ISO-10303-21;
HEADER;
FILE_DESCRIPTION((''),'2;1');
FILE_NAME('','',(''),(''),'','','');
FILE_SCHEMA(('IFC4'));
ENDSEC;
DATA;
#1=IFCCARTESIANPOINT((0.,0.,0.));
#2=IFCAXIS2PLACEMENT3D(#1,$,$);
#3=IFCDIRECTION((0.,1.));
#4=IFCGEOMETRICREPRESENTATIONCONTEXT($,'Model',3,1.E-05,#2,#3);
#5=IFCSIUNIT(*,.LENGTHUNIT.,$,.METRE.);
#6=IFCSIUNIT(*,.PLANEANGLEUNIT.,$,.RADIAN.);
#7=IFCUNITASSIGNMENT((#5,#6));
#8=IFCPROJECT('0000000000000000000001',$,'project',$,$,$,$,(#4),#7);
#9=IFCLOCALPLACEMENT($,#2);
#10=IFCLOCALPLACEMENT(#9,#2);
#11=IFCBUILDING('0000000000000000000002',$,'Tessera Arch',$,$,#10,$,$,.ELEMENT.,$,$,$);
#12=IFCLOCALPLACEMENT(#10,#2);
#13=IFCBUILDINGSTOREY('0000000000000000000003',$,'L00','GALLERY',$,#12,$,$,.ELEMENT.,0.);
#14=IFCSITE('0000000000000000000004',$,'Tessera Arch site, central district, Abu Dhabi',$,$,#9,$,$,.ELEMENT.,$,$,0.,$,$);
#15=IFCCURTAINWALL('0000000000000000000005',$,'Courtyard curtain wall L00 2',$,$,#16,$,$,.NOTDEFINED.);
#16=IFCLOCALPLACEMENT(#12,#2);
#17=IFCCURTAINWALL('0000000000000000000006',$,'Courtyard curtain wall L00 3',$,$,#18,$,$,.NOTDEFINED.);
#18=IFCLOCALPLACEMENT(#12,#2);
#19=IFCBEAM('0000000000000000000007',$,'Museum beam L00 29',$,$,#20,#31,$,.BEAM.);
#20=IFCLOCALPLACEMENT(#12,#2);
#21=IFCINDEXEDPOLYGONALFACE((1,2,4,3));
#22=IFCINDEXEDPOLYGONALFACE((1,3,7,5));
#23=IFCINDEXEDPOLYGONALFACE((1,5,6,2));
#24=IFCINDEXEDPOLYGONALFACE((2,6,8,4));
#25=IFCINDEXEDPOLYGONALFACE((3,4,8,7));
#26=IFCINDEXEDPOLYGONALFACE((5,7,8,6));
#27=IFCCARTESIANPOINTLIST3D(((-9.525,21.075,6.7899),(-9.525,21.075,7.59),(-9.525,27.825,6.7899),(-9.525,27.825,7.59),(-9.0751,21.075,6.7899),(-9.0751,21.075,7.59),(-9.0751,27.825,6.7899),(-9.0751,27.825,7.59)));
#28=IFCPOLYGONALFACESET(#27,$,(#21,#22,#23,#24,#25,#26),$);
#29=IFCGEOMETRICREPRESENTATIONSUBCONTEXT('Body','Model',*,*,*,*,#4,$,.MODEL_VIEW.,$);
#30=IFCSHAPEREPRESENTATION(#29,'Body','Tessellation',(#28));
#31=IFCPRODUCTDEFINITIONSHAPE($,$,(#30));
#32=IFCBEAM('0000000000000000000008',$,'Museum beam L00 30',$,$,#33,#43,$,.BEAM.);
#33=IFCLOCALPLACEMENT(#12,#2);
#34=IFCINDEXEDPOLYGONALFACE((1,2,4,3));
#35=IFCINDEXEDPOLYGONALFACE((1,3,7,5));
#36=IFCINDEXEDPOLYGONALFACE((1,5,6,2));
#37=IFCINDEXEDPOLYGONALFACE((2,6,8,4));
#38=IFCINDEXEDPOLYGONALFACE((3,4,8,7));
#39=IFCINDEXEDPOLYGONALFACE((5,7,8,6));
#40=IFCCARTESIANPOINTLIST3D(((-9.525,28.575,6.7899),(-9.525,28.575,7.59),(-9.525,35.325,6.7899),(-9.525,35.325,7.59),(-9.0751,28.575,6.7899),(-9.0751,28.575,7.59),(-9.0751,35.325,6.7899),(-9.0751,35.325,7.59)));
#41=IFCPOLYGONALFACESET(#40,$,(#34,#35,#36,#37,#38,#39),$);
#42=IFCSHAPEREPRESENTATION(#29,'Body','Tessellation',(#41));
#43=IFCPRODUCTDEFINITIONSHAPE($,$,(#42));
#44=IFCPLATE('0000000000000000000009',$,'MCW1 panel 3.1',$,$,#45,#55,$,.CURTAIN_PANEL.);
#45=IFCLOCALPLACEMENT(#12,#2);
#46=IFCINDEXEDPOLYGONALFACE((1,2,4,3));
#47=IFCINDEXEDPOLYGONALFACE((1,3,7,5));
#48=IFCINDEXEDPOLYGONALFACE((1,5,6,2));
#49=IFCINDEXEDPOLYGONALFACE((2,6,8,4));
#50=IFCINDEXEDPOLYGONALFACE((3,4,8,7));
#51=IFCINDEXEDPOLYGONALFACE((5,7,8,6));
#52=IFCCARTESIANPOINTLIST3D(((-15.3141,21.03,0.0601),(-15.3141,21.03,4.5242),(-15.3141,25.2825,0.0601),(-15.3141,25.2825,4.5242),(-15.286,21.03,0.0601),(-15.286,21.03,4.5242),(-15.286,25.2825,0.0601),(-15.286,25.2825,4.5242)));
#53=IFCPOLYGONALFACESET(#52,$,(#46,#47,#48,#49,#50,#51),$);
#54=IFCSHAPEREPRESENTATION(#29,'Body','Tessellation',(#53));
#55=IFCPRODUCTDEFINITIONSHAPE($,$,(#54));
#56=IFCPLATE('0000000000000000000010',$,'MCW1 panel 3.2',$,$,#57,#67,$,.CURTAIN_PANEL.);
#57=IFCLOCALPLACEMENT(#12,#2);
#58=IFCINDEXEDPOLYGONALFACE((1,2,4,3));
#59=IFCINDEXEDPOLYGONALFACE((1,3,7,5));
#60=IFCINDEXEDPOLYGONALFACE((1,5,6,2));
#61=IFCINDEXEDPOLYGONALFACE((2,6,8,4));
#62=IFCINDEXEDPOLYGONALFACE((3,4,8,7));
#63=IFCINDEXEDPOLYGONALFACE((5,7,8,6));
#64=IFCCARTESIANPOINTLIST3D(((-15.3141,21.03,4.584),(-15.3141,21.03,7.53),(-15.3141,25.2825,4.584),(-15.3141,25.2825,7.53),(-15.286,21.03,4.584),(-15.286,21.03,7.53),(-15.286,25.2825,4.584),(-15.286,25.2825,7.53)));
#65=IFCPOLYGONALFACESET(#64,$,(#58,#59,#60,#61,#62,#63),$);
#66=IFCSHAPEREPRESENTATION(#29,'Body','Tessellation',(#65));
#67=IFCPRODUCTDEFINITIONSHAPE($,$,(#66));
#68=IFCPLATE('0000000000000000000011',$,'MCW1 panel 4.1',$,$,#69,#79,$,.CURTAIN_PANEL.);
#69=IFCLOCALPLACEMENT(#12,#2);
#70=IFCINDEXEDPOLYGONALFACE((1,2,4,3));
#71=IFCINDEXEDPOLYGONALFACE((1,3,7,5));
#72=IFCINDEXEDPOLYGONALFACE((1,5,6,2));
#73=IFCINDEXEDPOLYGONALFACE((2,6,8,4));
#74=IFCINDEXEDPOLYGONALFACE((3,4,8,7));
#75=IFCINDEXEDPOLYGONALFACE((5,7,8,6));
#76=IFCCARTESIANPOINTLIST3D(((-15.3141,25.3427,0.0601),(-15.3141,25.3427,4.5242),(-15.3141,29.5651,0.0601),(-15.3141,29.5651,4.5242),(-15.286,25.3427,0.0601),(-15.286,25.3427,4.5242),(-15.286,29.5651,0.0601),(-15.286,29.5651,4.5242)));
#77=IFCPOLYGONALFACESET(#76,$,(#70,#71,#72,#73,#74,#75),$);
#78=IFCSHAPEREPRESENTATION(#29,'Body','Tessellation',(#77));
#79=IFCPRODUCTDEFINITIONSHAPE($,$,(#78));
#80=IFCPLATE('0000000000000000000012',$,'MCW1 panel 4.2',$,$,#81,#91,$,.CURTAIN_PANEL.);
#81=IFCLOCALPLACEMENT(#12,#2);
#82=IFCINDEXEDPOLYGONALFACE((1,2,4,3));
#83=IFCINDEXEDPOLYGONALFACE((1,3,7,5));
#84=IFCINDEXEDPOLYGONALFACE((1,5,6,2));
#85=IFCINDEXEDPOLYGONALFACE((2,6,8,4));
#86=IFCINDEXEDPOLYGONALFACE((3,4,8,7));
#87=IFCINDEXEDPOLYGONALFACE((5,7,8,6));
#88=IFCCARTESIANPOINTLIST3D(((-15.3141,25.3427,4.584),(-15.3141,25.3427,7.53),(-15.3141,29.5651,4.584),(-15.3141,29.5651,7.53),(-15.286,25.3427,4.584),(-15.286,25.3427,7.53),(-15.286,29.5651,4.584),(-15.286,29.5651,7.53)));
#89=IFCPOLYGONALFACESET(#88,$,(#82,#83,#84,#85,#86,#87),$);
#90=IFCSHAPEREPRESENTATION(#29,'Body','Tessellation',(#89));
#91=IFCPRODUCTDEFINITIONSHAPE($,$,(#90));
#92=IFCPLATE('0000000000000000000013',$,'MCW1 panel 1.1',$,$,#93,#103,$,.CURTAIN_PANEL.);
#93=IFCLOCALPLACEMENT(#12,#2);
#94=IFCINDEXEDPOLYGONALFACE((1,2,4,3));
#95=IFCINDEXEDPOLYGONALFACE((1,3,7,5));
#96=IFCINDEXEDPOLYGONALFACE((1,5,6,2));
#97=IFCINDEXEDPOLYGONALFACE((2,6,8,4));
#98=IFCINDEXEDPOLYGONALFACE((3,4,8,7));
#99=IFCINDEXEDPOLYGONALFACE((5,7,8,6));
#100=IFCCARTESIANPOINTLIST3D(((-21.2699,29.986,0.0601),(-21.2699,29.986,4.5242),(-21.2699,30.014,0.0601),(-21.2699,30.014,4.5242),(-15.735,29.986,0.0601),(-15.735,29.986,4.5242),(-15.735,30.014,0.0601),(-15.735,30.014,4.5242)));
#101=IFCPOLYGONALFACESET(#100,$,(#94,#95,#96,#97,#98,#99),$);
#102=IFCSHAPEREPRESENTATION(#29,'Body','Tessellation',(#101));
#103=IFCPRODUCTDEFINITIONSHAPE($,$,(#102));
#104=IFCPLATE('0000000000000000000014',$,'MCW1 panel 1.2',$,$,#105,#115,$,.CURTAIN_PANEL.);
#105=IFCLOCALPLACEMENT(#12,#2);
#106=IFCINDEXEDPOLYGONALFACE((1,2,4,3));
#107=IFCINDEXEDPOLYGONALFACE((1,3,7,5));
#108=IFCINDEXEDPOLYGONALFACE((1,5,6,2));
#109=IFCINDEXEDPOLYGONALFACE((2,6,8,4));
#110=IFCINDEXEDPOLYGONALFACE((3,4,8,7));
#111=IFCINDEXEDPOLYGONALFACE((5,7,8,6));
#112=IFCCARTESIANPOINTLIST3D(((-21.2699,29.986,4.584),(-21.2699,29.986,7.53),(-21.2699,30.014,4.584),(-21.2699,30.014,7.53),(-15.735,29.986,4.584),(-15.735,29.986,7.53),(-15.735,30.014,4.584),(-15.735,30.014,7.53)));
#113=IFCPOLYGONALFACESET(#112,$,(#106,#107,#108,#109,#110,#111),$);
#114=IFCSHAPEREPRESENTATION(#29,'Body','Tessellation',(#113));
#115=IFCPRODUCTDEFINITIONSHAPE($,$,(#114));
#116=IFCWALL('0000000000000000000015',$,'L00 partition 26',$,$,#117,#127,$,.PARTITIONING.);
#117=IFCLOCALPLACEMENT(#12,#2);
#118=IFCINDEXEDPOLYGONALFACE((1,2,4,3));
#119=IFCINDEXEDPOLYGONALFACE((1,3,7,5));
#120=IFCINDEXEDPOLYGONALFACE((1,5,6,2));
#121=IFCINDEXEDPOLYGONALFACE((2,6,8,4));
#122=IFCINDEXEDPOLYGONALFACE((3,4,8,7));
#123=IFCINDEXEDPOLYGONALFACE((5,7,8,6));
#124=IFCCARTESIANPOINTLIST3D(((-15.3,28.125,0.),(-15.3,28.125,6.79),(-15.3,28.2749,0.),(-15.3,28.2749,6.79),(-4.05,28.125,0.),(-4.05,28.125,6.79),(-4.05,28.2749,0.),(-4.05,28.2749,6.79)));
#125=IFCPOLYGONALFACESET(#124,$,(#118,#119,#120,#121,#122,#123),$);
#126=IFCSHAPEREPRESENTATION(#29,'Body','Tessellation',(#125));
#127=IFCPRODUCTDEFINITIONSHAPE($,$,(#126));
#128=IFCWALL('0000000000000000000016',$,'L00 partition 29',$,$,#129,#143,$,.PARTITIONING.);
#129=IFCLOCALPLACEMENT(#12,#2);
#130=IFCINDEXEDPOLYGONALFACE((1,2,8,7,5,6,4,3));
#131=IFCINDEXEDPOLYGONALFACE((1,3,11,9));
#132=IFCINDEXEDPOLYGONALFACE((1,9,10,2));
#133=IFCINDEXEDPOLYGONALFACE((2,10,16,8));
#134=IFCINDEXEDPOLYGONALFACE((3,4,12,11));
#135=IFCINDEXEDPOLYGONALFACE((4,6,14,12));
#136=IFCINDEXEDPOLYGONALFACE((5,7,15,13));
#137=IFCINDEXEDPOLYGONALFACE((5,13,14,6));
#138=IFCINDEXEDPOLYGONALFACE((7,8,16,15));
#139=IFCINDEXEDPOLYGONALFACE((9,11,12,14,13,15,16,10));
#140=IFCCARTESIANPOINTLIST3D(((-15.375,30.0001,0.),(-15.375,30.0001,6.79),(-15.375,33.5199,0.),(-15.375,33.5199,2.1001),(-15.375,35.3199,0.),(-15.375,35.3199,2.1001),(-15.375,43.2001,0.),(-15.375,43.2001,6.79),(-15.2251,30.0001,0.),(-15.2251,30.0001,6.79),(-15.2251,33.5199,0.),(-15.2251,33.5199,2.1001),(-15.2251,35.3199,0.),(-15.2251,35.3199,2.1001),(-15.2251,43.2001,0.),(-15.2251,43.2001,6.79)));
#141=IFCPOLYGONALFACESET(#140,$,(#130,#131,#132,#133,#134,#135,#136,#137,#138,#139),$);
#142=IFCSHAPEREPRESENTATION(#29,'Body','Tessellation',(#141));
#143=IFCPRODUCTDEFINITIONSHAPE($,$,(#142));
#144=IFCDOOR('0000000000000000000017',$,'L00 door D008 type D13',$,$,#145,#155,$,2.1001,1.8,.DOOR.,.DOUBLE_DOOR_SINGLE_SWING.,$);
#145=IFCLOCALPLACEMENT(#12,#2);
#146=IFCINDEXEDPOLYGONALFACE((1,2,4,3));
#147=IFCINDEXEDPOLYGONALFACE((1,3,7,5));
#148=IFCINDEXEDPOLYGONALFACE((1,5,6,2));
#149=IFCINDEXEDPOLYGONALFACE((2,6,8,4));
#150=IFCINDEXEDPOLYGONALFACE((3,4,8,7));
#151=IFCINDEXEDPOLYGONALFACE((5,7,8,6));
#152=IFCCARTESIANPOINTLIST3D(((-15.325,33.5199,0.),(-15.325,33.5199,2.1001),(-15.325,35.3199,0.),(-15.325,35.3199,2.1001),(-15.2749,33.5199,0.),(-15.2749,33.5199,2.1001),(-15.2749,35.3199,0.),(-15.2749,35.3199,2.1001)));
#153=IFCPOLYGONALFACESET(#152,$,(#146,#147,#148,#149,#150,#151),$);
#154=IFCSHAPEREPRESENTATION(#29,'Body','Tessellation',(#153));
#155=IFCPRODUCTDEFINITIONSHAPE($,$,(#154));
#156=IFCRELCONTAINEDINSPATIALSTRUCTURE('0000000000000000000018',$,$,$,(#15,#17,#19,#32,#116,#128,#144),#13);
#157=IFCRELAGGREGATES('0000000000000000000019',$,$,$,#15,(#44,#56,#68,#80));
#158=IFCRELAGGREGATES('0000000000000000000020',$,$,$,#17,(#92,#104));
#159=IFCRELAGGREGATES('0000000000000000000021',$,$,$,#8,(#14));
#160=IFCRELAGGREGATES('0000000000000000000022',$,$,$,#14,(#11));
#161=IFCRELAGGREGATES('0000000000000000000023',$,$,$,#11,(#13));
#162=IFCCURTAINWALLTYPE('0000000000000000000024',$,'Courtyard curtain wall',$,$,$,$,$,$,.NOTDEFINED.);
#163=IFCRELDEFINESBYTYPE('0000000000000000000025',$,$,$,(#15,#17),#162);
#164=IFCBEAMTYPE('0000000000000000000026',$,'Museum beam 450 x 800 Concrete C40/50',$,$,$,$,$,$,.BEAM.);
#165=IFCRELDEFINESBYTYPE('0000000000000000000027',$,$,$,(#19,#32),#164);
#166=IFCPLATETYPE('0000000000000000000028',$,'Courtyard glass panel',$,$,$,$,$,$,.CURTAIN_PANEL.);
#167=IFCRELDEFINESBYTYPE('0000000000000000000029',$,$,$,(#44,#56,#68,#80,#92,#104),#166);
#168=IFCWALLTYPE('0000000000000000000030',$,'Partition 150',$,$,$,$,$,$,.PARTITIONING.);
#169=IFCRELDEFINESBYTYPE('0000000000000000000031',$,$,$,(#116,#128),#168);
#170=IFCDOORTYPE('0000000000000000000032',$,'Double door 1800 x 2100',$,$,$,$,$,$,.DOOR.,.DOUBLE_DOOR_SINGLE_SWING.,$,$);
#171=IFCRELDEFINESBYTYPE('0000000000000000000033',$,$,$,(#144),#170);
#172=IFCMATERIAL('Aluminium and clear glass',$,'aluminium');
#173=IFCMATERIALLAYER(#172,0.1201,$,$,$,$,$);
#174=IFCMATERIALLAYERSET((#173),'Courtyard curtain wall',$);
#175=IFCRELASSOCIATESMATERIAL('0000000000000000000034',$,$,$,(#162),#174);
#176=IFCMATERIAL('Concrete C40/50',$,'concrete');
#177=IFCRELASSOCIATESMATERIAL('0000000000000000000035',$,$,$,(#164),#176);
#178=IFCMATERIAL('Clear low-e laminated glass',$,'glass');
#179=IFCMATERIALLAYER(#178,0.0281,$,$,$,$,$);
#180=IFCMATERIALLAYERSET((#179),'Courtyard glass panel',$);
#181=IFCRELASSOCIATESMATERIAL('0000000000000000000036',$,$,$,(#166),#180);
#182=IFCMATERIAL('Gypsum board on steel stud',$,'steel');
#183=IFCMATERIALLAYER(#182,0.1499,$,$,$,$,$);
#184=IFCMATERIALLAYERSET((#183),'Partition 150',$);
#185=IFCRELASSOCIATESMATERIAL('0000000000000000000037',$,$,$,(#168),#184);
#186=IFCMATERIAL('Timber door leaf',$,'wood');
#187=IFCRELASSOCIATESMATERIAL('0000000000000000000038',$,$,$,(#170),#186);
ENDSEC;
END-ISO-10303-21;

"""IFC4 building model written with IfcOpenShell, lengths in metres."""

from ifc_helpers import new_model, si_unit, direction, frame, frame_2d, origin, origin_2d, place, context, subcontext, project, spatial, rectangle, extrude, material, layer, layer_set, material_profile, profile_set, type_object, element, fill, aggregate, save


model = new_model("IFC4")

# Units and contexts
model_context = context("Model", 3, precision=1e-05, world=origin(), true_north=direction((0.0, 1.0)))
body_context = subcontext(model_context, "Body", "Model", "MODEL_VIEW")
ifc_project = project(units=[si_unit("LENGTHUNIT", "METRE"), si_unit("PLANEANGLEUNIT", "RADIAN")], contexts=[model_context])

# Site, building, storey
site_placement = place(None, origin())
site = spatial("IfcSite", under=ifc_project, at=site_placement, Name="Tessera Arch site, central district, Abu Dhabi", CompositionType="ELEMENT", RefElevation=0.0)
building_placement = place(site_placement, origin())
building = spatial("IfcBuilding", under=site, at=building_placement, Name="Tessera Arch", CompositionType="ELEMENT")
storey_placement = place(building_placement, origin())
storey = spatial("IfcBuildingStorey", under=building, at=storey_placement, Name="L00", Description="GALLERY", CompositionType="ELEMENT", Elevation=0.0)

# Curtain wall
ifc_material_1 = material(Name="Aluminium and clear glass", Category="aluminium")
ifc_layer_1 = layer(ifc_material_1, 0.1201)
ifc_layer_set_1 = layer_set([ifc_layer_1], Name="Courtyard curtain wall")
curtain_wall_type = type_object("IfcCurtainWallType", Name="Courtyard curtain wall", PredefinedType="NOTDEFINED", material=ifc_layer_set_1)
curtain_wall_1_placement = place(storey_placement, origin())
curtain_wall_1 = element("IfcCurtainWall", 1, at=curtain_wall_1_placement, inside=storey, type_object=curtain_wall_type, Name="Courtyard curtain wall L00 2", PredefinedType="NOTDEFINED")

# Curtain wall
curtain_wall_2_placement = place(storey_placement, origin())
curtain_wall_2 = element("IfcCurtainWall", 2, at=curtain_wall_2_placement, inside=storey, type_object=curtain_wall_type, Name="Courtyard curtain wall L00 3", PredefinedType="NOTDEFINED")

# Beams
ifc_material_2 = material(Name="Concrete C40/50", Category="concrete")
ifc_material_profile_1 = material_profile(ifc_material_2, rectangle(XDim=0.45, YDim=0.8, at=origin_2d()), Name="Museum beam 450 x 800 Concrete C40/50")
ifc_profile_set_1 = profile_set([ifc_material_profile_1], Name="Concrete C40/50")
beam_type = type_object("IfcBeamType", Name="Museum beam 450 x 800 Concrete C40/50", PredefinedType="BEAM", material=ifc_profile_set_1)
for number, where, z_axis, x_axis, name in (
    (3, (-9.3, 21.075, 7.1899), (0.0, 1.0, 0.0), (-1.0, 0.0, 0.0), "Museum beam L00 29"),
    (4, (-9.3, 28.575, 7.1899), (0.0, 1.0, 0.0), (-1.0, 0.0, 0.0), "Museum beam L00 30"),
):
    element("IfcBeam", number, at=place(storey_placement, frame(where, z_axis=z_axis, x_axis=x_axis)), inside=storey, type_object=beam_type, Name=name, PredefinedType="BEAM", context=body_context, shape_type="SweptSolid", body=[
        extrude(rectangle(XDim=0.45, YDim=0.8, at=origin_2d()), origin(), (0.0, 0.0, 1.0), 6.75),
    ])

# Plates
ifc_material_3 = material(Name="Clear low-e laminated glass", Category="glass")
ifc_layer_2 = layer(ifc_material_3, 0.0281)
ifc_layer_set_2 = layer_set([ifc_layer_2], Name="Courtyard glass panel")
plate_type = type_object("IfcPlateType", Name="Courtyard glass panel", PredefinedType="CURTAIN_PANEL", material=ifc_layer_set_2)
plate_1_placement = place(storey_placement, frame((-15.3, 23.1562, 0.0601), z_axis=(0.0, 0.0, 1.0), x_axis=(0.0, 1.0, 0.0)))
plate_1 = element("IfcPlate", 5, at=plate_1_placement, type_object=plate_type, Name="MCW1 panel 3.1", PredefinedType="CURTAIN_PANEL", context=body_context, shape_type="SweptSolid", body=[
    extrude(rectangle(XDim=4.2524, YDim=0.0281, at=origin_2d()), origin(), (0.0, 0.0, 1.0), 4.4641),
])
plate_2_placement = place(storey_placement, frame((-15.3, 23.1562, 4.584), z_axis=(0.0, 0.0, 1.0), x_axis=(0.0, 1.0, 0.0)))
plate_2 = element("IfcPlate", 6, at=plate_2_placement, type_object=plate_type, Name="MCW1 panel 3.2", PredefinedType="CURTAIN_PANEL", context=body_context, shape_type="SweptSolid", body=[
    extrude(rectangle(XDim=4.2524, YDim=0.0281, at=origin_2d()), origin(), (0.0, 0.0, 1.0), 2.946),
])
plate_3_placement = place(storey_placement, frame((-15.3, 27.4539, 0.0601), z_axis=(0.0, 0.0, 1.0), x_axis=(0.0, 1.0, 0.0)))
plate_3 = element("IfcPlate", 7, at=plate_3_placement, type_object=plate_type, Name="MCW1 panel 4.1", PredefinedType="CURTAIN_PANEL", context=body_context, shape_type="SweptSolid", body=[
    extrude(rectangle(XDim=4.2224, YDim=0.0281, at=origin_2d()), origin(), (0.0, 0.0, 1.0), 4.4641),
])
plate_4_placement = place(storey_placement, frame((-15.3, 27.4539, 4.584), z_axis=(0.0, 0.0, 1.0), x_axis=(0.0, 1.0, 0.0)))
plate_4 = element("IfcPlate", 8, at=plate_4_placement, type_object=plate_type, Name="MCW1 panel 4.2", PredefinedType="CURTAIN_PANEL", context=body_context, shape_type="SweptSolid", body=[
    extrude(rectangle(XDim=4.2224, YDim=0.0281, at=origin_2d()), origin(), (0.0, 0.0, 1.0), 2.946),
])
aggregate(curtain_wall_1, [plate_1, plate_2, plate_3, plate_4])
plate_5_placement = place(storey_placement, frame((-18.5024, 30.0, 0.0601), z_axis=(0.0, 0.0, 1.0), x_axis=(-1.0, 0.0, 0.0)))
plate_5 = element("IfcPlate", 9, at=plate_5_placement, type_object=plate_type, Name="MCW1 panel 1.1", PredefinedType="CURTAIN_PANEL", context=body_context, shape_type="SweptSolid", body=[
    extrude(rectangle(XDim=5.5349, YDim=0.0281, at=origin_2d()), origin(), (0.0, 0.0, 1.0), 4.4641),
])
plate_6_placement = place(storey_placement, frame((-18.5024, 30.0, 4.584), z_axis=(0.0, 0.0, 1.0), x_axis=(-1.0, 0.0, 0.0)))
plate_6 = element("IfcPlate", 10, at=plate_6_placement, type_object=plate_type, Name="MCW1 panel 1.2", PredefinedType="CURTAIN_PANEL", context=body_context, shape_type="SweptSolid", body=[
    extrude(rectangle(XDim=5.5349, YDim=0.0281, at=origin_2d()), origin(), (0.0, 0.0, 1.0), 2.946),
])
aggregate(curtain_wall_2, [plate_5, plate_6])

# Wall
ifc_material_4 = material(Name="Gypsum board on steel stud", Category="steel")
ifc_layer_3 = layer(ifc_material_4, 0.1499)
ifc_layer_set_3 = layer_set([ifc_layer_3], Name="Partition 150")
wall_type = type_object("IfcWallType", Name="Partition 150", PredefinedType="PARTITIONING", material=ifc_layer_set_3)
wall_1_placement = place(storey_placement, frame((-15.3, 28.2, 0.0), z_axis=(0.0, 0.0, 1.0), x_axis=(1.0, 0.0, 0.0)))
element("IfcWall", 11, at=wall_1_placement, inside=storey, type_object=wall_type, Name="L00 partition 26", PredefinedType="PARTITIONING", context=body_context, shape_type="SweptSolid", body=[
    extrude(rectangle(XDim=11.25, YDim=0.1499, at=frame_2d((5.625, 0.0))), origin(), (0.0, 0.0, 1.0), 6.79),
])

# Wall, opening, door
wall_2_placement = place(storey_placement, frame((-15.3, 30.0, 0.0), z_axis=(0.0, 0.0, 1.0), x_axis=(0.0, 1.0, 0.0)))
wall_2 = element("IfcWall", 12, at=wall_2_placement, inside=storey, type_object=wall_type, Name="L00 partition 29", PredefinedType="PARTITIONING", context=body_context, shape_type="SweptSolid", body=[
    extrude(rectangle(XDim=13.2, YDim=0.1499, at=frame_2d((6.6001, 0.0))), origin(), (0.0, 0.0, 1.0), 6.79),
])
opening_placement = place(wall_2_placement, frame((3.52, 0.0, 0.0)))
opening = element("IfcOpeningElement", 13, at=opening_placement, cuts=wall_2, PredefinedType="OPENING", context=body_context, shape_type="SweptSolid", body=[
    extrude(rectangle(XDim=1.8, YDim=2.1001, at=frame_2d((0.8999, 1.05))), frame((0.0, 0.085, 0.0), z_axis=(0.0, -1.0, 0.0), x_axis=(1.0, 0.0, 0.0)), (0.0, 0.0, 1.0), 0.1699),
])
ifc_material_5 = material(Name="Timber door leaf", Category="wood")
door_type = type_object("IfcDoorType", Name="Double door 1800 x 2100", OperationType="DOUBLE_DOOR_SINGLE_SWING", PredefinedType="DOOR", material=ifc_material_5)
door_placement = place(opening_placement, origin())
door = element("IfcDoor", 14, at=door_placement, inside=storey, type_object=door_type, Name="L00 door D008 type D13", OperationType="DOUBLE_DOOR_SINGLE_SWING", OverallHeight=2.1001, OverallWidth=1.8, PredefinedType="DOOR", context=body_context, shape_type="SweptSolid", body=[
    extrude(rectangle(XDim=1.8, YDim=2.1001, at=frame_2d((0.8999, 1.05))), frame((0.0, 0.0249, 0.0), z_axis=(0.0, -1.0, 0.0), x_axis=(1.0, 0.0, 0.0)), (0.0, 0.0, 1.0), 0.05),
])
fill(opening, door)

save(model, "model.ifc")
